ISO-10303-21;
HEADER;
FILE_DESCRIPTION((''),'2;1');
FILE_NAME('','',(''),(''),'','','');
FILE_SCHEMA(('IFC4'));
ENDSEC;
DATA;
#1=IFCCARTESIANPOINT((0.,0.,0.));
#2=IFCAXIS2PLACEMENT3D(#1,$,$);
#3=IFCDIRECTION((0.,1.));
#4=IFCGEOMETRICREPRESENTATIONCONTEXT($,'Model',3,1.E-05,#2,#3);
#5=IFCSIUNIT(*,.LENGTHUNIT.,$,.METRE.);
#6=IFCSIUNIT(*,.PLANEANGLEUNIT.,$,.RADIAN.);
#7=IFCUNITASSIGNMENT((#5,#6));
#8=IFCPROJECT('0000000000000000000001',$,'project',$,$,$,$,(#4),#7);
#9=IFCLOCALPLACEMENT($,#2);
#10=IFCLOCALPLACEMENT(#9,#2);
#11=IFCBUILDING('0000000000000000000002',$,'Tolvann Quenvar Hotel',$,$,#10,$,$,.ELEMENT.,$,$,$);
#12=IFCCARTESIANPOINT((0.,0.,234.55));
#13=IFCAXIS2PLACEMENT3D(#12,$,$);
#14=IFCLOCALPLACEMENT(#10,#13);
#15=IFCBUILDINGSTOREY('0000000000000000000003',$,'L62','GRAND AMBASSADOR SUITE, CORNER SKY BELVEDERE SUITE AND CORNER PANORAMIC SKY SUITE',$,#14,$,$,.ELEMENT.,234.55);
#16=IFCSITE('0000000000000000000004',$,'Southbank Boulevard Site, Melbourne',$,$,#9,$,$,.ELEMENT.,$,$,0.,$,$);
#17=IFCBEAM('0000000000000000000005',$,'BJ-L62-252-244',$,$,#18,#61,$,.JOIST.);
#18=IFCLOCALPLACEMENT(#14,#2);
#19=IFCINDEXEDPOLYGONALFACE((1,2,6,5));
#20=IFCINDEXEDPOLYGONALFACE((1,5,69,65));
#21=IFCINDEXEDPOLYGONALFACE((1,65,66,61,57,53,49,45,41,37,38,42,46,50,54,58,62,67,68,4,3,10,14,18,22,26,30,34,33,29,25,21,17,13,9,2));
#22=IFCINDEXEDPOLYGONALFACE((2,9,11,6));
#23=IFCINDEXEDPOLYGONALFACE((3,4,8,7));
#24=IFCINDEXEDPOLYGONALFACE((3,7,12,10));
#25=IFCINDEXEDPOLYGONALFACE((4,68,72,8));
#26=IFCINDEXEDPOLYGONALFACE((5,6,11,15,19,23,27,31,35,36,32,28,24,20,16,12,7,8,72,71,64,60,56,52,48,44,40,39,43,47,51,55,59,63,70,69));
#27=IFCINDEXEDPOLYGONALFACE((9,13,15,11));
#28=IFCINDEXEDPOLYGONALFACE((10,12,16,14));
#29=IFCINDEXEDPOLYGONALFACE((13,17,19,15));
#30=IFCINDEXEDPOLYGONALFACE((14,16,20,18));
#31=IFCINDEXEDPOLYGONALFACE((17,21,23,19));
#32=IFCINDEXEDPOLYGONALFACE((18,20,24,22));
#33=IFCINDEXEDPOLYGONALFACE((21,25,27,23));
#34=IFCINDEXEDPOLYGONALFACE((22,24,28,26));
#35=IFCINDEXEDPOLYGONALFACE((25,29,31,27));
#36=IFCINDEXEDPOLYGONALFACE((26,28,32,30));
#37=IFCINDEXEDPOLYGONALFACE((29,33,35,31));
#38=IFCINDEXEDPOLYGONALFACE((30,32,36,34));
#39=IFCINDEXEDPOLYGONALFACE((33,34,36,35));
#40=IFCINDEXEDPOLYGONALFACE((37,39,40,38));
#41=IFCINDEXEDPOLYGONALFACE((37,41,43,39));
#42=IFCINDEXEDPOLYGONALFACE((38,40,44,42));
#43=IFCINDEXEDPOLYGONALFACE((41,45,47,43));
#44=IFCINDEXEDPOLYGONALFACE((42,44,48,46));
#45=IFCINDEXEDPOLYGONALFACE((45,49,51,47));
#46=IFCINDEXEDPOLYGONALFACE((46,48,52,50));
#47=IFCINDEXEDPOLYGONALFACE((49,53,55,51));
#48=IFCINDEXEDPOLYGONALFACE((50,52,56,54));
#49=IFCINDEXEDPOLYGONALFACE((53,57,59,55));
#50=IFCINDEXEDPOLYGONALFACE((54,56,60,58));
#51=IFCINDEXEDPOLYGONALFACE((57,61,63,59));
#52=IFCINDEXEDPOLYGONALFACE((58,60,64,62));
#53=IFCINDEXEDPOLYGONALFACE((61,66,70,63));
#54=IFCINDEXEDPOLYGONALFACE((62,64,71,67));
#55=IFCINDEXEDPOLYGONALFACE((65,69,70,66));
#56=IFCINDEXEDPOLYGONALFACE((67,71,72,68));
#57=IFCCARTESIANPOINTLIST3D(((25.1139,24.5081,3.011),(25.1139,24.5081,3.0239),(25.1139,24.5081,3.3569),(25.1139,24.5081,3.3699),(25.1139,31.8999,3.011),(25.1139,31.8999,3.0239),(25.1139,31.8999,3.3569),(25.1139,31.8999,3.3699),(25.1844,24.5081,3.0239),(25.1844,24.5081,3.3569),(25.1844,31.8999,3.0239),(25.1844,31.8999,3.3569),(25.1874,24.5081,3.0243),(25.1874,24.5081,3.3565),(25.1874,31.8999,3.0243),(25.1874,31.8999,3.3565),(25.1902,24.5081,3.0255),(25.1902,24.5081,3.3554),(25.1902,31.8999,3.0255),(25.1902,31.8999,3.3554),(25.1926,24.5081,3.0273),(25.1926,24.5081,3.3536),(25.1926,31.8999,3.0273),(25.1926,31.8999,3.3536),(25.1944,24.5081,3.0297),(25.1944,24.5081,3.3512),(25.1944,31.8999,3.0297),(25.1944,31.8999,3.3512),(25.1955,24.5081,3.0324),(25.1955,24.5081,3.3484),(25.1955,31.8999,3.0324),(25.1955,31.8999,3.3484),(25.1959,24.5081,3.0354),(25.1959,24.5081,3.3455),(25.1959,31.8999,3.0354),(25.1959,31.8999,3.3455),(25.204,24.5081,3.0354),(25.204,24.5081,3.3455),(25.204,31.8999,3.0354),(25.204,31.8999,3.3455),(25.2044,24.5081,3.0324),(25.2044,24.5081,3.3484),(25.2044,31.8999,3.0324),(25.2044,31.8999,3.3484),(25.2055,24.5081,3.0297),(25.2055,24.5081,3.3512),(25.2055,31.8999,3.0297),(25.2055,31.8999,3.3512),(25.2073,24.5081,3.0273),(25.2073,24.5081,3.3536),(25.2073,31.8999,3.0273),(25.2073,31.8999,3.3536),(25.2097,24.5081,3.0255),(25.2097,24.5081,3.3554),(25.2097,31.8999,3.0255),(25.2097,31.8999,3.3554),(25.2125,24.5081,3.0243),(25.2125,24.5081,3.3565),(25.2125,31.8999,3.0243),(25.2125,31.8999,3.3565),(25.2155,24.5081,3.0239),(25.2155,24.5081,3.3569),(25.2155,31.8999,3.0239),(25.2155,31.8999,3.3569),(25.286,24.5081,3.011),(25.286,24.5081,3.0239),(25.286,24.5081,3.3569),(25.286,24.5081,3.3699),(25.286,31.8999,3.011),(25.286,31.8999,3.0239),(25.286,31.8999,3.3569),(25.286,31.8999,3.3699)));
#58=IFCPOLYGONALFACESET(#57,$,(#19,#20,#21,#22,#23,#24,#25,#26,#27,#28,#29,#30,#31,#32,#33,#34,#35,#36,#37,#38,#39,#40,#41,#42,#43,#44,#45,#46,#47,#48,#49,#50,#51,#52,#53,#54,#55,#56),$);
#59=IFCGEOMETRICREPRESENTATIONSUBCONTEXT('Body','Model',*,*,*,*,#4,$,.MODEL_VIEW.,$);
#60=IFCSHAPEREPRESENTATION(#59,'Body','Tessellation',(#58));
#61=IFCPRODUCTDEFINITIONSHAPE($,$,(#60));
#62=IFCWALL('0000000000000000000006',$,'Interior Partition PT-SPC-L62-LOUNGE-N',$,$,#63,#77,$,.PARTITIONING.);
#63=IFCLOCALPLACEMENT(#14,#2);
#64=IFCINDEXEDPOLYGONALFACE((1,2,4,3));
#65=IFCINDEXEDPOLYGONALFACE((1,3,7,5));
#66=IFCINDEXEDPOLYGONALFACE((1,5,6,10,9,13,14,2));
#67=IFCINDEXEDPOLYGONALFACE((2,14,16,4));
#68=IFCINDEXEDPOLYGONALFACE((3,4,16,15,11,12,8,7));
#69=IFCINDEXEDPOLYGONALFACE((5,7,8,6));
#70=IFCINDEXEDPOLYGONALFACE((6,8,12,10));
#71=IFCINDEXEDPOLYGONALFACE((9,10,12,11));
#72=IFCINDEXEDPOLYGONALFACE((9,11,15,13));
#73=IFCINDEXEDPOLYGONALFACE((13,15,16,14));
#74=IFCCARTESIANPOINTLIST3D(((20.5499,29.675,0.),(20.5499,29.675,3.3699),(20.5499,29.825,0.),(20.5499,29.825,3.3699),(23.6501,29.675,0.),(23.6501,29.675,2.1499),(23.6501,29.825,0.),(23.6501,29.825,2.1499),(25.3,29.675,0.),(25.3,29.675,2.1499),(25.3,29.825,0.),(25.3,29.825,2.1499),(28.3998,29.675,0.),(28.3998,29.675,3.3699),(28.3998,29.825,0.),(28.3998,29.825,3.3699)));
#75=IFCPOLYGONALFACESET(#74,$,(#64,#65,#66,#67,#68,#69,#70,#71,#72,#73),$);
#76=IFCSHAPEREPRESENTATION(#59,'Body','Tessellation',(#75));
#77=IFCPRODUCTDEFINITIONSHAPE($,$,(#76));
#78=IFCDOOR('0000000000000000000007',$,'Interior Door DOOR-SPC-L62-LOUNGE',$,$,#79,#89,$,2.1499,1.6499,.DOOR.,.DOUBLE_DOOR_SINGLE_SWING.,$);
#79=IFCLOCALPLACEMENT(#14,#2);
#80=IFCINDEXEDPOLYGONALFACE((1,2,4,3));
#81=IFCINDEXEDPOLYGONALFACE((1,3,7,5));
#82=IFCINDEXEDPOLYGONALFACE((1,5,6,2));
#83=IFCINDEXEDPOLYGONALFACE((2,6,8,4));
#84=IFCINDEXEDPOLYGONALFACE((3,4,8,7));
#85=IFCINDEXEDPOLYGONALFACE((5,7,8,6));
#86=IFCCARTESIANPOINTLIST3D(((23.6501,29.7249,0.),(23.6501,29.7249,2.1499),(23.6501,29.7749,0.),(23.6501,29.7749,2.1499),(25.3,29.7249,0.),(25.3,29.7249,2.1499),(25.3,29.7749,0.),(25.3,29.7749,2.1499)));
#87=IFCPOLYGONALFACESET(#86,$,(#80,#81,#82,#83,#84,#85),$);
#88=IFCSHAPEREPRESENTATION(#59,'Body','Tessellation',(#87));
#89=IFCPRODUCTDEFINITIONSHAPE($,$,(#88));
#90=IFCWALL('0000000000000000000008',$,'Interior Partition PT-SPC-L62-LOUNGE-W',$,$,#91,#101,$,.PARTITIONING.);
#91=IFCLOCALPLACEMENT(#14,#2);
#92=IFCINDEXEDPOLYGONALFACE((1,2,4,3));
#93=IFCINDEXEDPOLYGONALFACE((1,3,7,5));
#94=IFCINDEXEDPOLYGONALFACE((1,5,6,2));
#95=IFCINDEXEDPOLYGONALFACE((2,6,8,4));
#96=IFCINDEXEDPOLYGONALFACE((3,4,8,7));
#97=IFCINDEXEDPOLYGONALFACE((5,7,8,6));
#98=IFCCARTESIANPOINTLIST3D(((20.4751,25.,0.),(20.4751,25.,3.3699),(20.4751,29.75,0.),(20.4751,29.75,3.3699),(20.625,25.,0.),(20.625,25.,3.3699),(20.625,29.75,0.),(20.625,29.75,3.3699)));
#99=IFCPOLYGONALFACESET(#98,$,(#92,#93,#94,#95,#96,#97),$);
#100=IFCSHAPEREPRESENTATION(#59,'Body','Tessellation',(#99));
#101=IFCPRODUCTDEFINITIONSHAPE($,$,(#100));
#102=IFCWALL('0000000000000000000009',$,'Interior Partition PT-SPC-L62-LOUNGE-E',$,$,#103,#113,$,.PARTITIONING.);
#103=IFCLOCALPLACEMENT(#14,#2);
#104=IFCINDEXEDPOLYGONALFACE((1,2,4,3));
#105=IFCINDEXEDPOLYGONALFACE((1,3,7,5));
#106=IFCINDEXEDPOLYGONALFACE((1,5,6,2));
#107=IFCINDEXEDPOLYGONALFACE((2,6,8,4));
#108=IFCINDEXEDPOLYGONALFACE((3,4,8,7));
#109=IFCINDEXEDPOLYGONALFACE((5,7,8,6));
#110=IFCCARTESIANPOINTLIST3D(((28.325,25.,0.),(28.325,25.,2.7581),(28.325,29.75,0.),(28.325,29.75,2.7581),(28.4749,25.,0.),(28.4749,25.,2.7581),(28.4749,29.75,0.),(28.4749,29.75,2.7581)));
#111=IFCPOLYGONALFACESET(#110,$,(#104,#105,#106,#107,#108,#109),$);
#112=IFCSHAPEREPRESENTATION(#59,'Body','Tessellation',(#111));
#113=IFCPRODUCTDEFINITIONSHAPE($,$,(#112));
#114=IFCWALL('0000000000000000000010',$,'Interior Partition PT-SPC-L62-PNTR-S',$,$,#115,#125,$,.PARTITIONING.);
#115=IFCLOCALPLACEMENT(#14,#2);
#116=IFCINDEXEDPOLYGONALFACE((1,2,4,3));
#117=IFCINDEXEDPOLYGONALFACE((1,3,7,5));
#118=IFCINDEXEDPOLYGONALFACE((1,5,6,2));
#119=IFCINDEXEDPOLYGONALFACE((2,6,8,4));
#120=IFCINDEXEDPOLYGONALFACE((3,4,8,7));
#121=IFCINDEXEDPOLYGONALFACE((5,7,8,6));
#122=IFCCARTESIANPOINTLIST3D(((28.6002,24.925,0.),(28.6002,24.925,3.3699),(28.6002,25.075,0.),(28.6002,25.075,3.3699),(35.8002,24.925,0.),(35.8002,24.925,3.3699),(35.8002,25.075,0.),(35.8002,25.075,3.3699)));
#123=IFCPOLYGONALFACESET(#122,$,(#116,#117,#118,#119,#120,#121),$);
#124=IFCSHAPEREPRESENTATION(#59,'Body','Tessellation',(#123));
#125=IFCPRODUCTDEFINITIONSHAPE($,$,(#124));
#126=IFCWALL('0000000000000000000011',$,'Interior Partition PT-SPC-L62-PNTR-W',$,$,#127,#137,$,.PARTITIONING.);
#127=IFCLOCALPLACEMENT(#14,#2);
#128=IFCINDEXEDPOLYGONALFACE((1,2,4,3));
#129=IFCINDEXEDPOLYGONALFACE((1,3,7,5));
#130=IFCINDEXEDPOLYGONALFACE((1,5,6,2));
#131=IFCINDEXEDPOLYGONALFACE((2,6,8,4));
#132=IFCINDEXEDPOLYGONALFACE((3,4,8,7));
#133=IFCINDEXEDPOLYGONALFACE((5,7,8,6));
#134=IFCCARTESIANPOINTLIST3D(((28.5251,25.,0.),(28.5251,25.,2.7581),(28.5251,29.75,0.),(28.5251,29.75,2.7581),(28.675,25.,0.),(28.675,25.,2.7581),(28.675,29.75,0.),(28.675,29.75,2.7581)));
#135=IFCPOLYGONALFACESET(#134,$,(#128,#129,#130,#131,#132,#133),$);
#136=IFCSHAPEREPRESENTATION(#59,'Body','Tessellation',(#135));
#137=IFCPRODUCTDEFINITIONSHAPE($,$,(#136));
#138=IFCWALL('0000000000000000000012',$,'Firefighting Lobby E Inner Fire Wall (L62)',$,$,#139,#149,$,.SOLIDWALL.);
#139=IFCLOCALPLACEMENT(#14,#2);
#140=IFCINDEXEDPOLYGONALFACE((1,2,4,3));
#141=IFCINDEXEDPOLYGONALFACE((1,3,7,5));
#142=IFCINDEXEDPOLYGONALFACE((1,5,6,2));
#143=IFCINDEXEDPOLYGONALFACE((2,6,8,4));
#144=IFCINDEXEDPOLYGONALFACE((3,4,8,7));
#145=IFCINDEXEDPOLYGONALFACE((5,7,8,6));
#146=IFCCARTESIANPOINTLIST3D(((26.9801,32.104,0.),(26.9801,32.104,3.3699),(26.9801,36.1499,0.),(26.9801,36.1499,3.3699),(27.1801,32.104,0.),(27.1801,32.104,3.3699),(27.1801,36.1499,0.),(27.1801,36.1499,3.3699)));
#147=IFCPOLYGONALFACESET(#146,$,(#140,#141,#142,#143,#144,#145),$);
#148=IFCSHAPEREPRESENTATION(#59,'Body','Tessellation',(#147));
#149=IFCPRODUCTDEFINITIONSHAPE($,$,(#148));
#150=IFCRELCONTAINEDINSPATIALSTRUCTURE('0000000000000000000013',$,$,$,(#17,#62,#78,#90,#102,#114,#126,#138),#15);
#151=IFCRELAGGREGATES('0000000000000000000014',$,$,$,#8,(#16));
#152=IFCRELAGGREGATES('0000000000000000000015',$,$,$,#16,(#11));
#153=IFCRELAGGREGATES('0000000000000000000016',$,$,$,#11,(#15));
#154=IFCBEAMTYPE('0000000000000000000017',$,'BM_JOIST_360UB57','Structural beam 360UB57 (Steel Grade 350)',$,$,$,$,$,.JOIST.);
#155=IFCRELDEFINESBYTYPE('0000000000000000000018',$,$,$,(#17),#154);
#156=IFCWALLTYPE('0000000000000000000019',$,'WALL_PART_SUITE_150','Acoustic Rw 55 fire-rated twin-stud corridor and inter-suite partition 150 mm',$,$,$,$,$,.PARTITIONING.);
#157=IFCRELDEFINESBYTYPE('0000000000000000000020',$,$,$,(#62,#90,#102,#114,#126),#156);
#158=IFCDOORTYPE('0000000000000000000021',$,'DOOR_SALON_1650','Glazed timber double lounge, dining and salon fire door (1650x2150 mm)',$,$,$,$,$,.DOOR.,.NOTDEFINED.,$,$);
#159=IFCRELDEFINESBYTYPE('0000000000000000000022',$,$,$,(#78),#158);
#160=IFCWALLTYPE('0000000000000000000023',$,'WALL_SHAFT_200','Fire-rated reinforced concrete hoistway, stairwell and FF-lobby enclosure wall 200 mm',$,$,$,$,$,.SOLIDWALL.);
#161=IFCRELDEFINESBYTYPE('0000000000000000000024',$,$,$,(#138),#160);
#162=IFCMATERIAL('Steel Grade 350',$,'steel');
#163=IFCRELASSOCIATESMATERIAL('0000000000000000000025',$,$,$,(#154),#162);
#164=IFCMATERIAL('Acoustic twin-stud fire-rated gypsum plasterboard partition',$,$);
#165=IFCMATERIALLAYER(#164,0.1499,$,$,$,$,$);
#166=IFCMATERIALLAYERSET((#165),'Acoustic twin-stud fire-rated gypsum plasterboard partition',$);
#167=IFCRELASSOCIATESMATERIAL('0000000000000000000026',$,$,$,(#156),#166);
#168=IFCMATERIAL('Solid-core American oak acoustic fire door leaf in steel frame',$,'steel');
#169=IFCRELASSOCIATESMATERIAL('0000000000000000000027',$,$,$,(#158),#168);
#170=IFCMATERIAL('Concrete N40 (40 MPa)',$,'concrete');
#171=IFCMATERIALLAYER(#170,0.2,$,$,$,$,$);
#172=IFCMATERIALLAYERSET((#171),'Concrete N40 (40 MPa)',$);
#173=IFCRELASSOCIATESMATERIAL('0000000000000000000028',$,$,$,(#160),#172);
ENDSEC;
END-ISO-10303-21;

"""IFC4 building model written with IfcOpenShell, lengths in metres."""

from ifc_helpers import new_model, si_unit, direction, frame, frame_2d, origin, origin_2d, place, context, subcontext, project, spatial, rectangle, i_section, extrude, source, transform, mapped, material, layer, layer_set, material_profile, profile_set, type_object, type_shapes, element, fill, save


model = new_model("IFC4")

# Units and contexts
model_context = context("Model", 3, precision=1e-05, world=origin(), true_north=direction((0.0, 1.0)))
body_context = subcontext(model_context, "Body", "Model", "MODEL_VIEW")
ifc_project = project(units=[si_unit("LENGTHUNIT", "METRE"), si_unit("PLANEANGLEUNIT", "RADIAN")], contexts=[model_context])

# Site, building, storey
site_placement = place(None, origin())
site = spatial("IfcSite", under=ifc_project, at=site_placement, Name="Southbank Boulevard Site, Melbourne", CompositionType="ELEMENT", RefElevation=0.0)
building_placement = place(site_placement, origin())
building = spatial("IfcBuilding", under=site, at=building_placement, Name="Tolvann Quenvar Hotel", CompositionType="ELEMENT")
storey_placement = place(building_placement, frame((0.0, 0.0, 234.55)))
storey = spatial("IfcBuildingStorey", under=building, at=storey_placement, Name="L62", Description="GRAND AMBASSADOR SUITE, CORNER SKY BELVEDERE SUITE AND CORNER PANORAMIC SKY SUITE", CompositionType="ELEMENT", Elevation=234.55)

# Shared definitions
ifc_material_1 = material(Name="Steel Grade 350", Category="steel")

# Beam
ifc_material_profile_1 = material_profile(ifc_material_1, i_section(OverallWidth=0.1721, OverallDepth=0.3589, WebThickness=0.0081, FlangeThickness=0.0129, FilletRadius=0.0115, at=origin_2d()), Name="360UB57")
ifc_profile_set_1 = profile_set([ifc_material_profile_1], Name="Steel Grade 350")
beam_type_1 = type_object("IfcBeamType", Name="BM_JOIST_360UB57", Description="Structural beam 360UB57 (Steel Grade 350)", PredefinedType="JOIST", material=ifc_profile_set_1)
shared_shape_1 = source(origin(), body_context, "Body", "SweptSolid", [
    extrude(i_section(OverallWidth=0.1721, OverallDepth=0.3589, WebThickness=0.0081, FlangeThickness=0.0129, FilletRadius=0.0115, at=origin_2d()), origin(), (0.0, 0.0, 1.0), 7.3918),
])
beam_1_placement = place(storey_placement, frame((25.2, 24.5081, 3.1904), z_axis=(0.0, 1.0, 0.0), x_axis=(-1.0, 0.0, 0.0)))
element("IfcBeam", 1, at=beam_1_placement, inside=storey, type_object=beam_type_1, Name="BJ-L62-252-244", PredefinedType="JOIST", context=body_context, shape_type="MappedRepresentation", body=[
    mapped(shared_shape_1, transform((0.0, 0.0, 0.0), x_axis=(1.0, 0.0, 0.0), y_axis=(0.0, 1.0, 0.0), z_axis=(0.0, 0.0, 1.0), scale=1.0)),
])

# Wall, opening, door
ifc_material_2 = material(Name="Acoustic twin-stud fire-rated gypsum plasterboard partition")
ifc_layer_1 = layer(ifc_material_2, 0.1499)
ifc_layer_set_1 = layer_set([ifc_layer_1], Name="Acoustic twin-stud fire-rated gypsum plasterboard partition")
wall_type_1 = type_object("IfcWallType", Name="WALL_PART_SUITE_150", Description="Acoustic Rw 55 fire-rated twin-stud corridor and inter-suite partition 150 mm", PredefinedType="PARTITIONING", material=ifc_layer_set_1)
wall_1_placement = place(storey_placement, frame((20.55, 29.75, 0.0), z_axis=(0.0, 0.0, 1.0), x_axis=(1.0, 0.0, 0.0)))
wall_1 = element("IfcWall", 2, at=wall_1_placement, inside=storey, type_object=wall_type_1, Name="Interior Partition PT-SPC-L62-LOUNGE-N", PredefinedType="PARTITIONING", context=body_context, shape_type="SweptSolid", body=[
    extrude(rectangle(XDim=7.8499, YDim=0.1499, at=frame_2d((3.9248, 0.0))), origin(), (0.0, 0.0, 1.0), 3.3699),
])
opening_1_placement = place(wall_1_placement, frame((3.1001, 0.0, 0.0)))
opening_1 = element("IfcOpeningElement", 3, at=opening_1_placement, cuts=wall_1, PredefinedType="OPENING", context=body_context, shape_type="SweptSolid", body=[
    extrude(rectangle(XDim=1.6499, YDim=2.1499, at=frame_2d((0.825, 1.075))), frame((0.0, 0.085, 0.0), z_axis=(0.0, -1.0, 0.0), x_axis=(1.0, 0.0, 0.0)), (0.0, 0.0, 1.0), 0.1699),
])
ifc_material_3 = material(Name="Solid-core American oak acoustic fire door leaf in steel frame", Category="steel")
door_type_1 = type_object("IfcDoorType", Name="DOOR_SALON_1650", Description="Glazed timber double lounge, dining and salon fire door (1650x2150 mm)", OperationType="NOTDEFINED", PredefinedType="DOOR", material=ifc_material_3)
shared_shape_2 = source(origin(), body_context, "Body", "SweptSolid", [
    extrude(rectangle(XDim=1.6499, YDim=2.1499, at=frame_2d((0.825, 1.075))), frame((0.0, 0.0249, 0.0), z_axis=(0.0, -1.0, 0.0), x_axis=(1.0, 0.0, 0.0)), (0.0, 0.0, 1.0), 0.05),
])
type_shapes(door_type_1, [shared_shape_2])
door_1_placement = place(opening_1_placement, origin())
door_1 = element("IfcDoor", 4, at=door_1_placement, inside=storey, type_object=door_type_1, Name="Interior Door DOOR-SPC-L62-LOUNGE", OperationType="DOUBLE_DOOR_SINGLE_SWING", OverallHeight=2.1499, OverallWidth=1.6499, PredefinedType="DOOR", context=body_context, shape_type="MappedRepresentation", body=[
    mapped(shared_shape_2, transform((0.0, 0.0, 0.0), x_axis=(1.0, 0.0, 0.0), y_axis=(0.0, 1.0, 0.0), z_axis=(0.0, 0.0, 1.0), scale=1.0)),
])
fill(opening_1, door_1)

# Walls
wall_2_placement = place(storey_placement, frame((20.55, 25.0, 0.0), z_axis=(0.0, 0.0, 1.0), x_axis=(0.0, 1.0, 0.0)))
element("IfcWall", 5, at=wall_2_placement, inside=storey, type_object=wall_type_1, Name="Interior Partition PT-SPC-L62-LOUNGE-W", PredefinedType="PARTITIONING", context=body_context, shape_type="SweptSolid", body=[
    extrude(rectangle(XDim=4.75, YDim=0.1499, at=frame_2d((2.375, 0.0))), origin(), (0.0, 0.0, 1.0), 3.3699),
])
wall_3_placement = place(storey_placement, frame((28.3999, 25.0, 0.0), z_axis=(0.0, 0.0, 1.0), x_axis=(0.0, 1.0, 0.0)))
element("IfcWall", 6, at=wall_3_placement, inside=storey, type_object=wall_type_1, Name="Interior Partition PT-SPC-L62-LOUNGE-E", PredefinedType="PARTITIONING", context=body_context, shape_type="SweptSolid", body=[
    extrude(rectangle(XDim=4.75, YDim=0.1499, at=frame_2d((2.375, 0.0))), origin(), (0.0, 0.0, 1.0), 2.7581),
])
wall_4_placement = place(storey_placement, frame((28.6001, 25.0, 0.0), z_axis=(0.0, 0.0, 1.0), x_axis=(1.0, 0.0, 0.0)))
element("IfcWall", 7, at=wall_4_placement, inside=storey, type_object=wall_type_1, Name="Interior Partition PT-SPC-L62-PNTR-S", PredefinedType="PARTITIONING", context=body_context, shape_type="SweptSolid", body=[
    extrude(rectangle(XDim=7.2, YDim=0.1499, at=frame_2d((3.6001, 0.0))), origin(), (0.0, 0.0, 1.0), 3.3699),
])
wall_5_placement = place(storey_placement, frame((28.6001, 25.0, 0.0), z_axis=(0.0, 0.0, 1.0), x_axis=(0.0, 1.0, 0.0)))
element("IfcWall", 8, at=wall_5_placement, inside=storey, type_object=wall_type_1, Name="Interior Partition PT-SPC-L62-PNTR-W", PredefinedType="PARTITIONING", context=body_context, shape_type="SweptSolid", body=[
    extrude(rectangle(XDim=4.75, YDim=0.1499, at=frame_2d((2.375, 0.0))), origin(), (0.0, 0.0, 1.0), 2.7581),
])
ifc_material_4 = material(Name="Concrete N40 (40 MPa)", Category="concrete")
ifc_layer_2 = layer(ifc_material_4, 0.2)
ifc_layer_set_2 = layer_set([ifc_layer_2], Name="Concrete N40 (40 MPa)")
wall_type_2 = type_object("IfcWallType", Name="WALL_SHAFT_200", Description="Fire-rated reinforced concrete hoistway, stairwell and FF-lobby enclosure wall 200 mm", PredefinedType="SOLIDWALL", material=ifc_layer_set_2)
wall_6_placement = place(storey_placement, frame((27.0801, 32.104, 0.0), z_axis=(0.0, 0.0, 1.0), x_axis=(0.0, 1.0, 0.0)))
element("IfcWall", 9, at=wall_6_placement, inside=storey, type_object=wall_type_2, Name="Firefighting Lobby E Inner Fire Wall (L62)", PredefinedType="SOLIDWALL", context=body_context, shape_type="SweptSolid", body=[
    extrude(rectangle(XDim=4.0459, YDim=0.2, at=frame_2d((2.0229, 0.0))), origin(), (0.0, 0.0, 1.0), 3.3699),
])

save(model, "model.ifc")
